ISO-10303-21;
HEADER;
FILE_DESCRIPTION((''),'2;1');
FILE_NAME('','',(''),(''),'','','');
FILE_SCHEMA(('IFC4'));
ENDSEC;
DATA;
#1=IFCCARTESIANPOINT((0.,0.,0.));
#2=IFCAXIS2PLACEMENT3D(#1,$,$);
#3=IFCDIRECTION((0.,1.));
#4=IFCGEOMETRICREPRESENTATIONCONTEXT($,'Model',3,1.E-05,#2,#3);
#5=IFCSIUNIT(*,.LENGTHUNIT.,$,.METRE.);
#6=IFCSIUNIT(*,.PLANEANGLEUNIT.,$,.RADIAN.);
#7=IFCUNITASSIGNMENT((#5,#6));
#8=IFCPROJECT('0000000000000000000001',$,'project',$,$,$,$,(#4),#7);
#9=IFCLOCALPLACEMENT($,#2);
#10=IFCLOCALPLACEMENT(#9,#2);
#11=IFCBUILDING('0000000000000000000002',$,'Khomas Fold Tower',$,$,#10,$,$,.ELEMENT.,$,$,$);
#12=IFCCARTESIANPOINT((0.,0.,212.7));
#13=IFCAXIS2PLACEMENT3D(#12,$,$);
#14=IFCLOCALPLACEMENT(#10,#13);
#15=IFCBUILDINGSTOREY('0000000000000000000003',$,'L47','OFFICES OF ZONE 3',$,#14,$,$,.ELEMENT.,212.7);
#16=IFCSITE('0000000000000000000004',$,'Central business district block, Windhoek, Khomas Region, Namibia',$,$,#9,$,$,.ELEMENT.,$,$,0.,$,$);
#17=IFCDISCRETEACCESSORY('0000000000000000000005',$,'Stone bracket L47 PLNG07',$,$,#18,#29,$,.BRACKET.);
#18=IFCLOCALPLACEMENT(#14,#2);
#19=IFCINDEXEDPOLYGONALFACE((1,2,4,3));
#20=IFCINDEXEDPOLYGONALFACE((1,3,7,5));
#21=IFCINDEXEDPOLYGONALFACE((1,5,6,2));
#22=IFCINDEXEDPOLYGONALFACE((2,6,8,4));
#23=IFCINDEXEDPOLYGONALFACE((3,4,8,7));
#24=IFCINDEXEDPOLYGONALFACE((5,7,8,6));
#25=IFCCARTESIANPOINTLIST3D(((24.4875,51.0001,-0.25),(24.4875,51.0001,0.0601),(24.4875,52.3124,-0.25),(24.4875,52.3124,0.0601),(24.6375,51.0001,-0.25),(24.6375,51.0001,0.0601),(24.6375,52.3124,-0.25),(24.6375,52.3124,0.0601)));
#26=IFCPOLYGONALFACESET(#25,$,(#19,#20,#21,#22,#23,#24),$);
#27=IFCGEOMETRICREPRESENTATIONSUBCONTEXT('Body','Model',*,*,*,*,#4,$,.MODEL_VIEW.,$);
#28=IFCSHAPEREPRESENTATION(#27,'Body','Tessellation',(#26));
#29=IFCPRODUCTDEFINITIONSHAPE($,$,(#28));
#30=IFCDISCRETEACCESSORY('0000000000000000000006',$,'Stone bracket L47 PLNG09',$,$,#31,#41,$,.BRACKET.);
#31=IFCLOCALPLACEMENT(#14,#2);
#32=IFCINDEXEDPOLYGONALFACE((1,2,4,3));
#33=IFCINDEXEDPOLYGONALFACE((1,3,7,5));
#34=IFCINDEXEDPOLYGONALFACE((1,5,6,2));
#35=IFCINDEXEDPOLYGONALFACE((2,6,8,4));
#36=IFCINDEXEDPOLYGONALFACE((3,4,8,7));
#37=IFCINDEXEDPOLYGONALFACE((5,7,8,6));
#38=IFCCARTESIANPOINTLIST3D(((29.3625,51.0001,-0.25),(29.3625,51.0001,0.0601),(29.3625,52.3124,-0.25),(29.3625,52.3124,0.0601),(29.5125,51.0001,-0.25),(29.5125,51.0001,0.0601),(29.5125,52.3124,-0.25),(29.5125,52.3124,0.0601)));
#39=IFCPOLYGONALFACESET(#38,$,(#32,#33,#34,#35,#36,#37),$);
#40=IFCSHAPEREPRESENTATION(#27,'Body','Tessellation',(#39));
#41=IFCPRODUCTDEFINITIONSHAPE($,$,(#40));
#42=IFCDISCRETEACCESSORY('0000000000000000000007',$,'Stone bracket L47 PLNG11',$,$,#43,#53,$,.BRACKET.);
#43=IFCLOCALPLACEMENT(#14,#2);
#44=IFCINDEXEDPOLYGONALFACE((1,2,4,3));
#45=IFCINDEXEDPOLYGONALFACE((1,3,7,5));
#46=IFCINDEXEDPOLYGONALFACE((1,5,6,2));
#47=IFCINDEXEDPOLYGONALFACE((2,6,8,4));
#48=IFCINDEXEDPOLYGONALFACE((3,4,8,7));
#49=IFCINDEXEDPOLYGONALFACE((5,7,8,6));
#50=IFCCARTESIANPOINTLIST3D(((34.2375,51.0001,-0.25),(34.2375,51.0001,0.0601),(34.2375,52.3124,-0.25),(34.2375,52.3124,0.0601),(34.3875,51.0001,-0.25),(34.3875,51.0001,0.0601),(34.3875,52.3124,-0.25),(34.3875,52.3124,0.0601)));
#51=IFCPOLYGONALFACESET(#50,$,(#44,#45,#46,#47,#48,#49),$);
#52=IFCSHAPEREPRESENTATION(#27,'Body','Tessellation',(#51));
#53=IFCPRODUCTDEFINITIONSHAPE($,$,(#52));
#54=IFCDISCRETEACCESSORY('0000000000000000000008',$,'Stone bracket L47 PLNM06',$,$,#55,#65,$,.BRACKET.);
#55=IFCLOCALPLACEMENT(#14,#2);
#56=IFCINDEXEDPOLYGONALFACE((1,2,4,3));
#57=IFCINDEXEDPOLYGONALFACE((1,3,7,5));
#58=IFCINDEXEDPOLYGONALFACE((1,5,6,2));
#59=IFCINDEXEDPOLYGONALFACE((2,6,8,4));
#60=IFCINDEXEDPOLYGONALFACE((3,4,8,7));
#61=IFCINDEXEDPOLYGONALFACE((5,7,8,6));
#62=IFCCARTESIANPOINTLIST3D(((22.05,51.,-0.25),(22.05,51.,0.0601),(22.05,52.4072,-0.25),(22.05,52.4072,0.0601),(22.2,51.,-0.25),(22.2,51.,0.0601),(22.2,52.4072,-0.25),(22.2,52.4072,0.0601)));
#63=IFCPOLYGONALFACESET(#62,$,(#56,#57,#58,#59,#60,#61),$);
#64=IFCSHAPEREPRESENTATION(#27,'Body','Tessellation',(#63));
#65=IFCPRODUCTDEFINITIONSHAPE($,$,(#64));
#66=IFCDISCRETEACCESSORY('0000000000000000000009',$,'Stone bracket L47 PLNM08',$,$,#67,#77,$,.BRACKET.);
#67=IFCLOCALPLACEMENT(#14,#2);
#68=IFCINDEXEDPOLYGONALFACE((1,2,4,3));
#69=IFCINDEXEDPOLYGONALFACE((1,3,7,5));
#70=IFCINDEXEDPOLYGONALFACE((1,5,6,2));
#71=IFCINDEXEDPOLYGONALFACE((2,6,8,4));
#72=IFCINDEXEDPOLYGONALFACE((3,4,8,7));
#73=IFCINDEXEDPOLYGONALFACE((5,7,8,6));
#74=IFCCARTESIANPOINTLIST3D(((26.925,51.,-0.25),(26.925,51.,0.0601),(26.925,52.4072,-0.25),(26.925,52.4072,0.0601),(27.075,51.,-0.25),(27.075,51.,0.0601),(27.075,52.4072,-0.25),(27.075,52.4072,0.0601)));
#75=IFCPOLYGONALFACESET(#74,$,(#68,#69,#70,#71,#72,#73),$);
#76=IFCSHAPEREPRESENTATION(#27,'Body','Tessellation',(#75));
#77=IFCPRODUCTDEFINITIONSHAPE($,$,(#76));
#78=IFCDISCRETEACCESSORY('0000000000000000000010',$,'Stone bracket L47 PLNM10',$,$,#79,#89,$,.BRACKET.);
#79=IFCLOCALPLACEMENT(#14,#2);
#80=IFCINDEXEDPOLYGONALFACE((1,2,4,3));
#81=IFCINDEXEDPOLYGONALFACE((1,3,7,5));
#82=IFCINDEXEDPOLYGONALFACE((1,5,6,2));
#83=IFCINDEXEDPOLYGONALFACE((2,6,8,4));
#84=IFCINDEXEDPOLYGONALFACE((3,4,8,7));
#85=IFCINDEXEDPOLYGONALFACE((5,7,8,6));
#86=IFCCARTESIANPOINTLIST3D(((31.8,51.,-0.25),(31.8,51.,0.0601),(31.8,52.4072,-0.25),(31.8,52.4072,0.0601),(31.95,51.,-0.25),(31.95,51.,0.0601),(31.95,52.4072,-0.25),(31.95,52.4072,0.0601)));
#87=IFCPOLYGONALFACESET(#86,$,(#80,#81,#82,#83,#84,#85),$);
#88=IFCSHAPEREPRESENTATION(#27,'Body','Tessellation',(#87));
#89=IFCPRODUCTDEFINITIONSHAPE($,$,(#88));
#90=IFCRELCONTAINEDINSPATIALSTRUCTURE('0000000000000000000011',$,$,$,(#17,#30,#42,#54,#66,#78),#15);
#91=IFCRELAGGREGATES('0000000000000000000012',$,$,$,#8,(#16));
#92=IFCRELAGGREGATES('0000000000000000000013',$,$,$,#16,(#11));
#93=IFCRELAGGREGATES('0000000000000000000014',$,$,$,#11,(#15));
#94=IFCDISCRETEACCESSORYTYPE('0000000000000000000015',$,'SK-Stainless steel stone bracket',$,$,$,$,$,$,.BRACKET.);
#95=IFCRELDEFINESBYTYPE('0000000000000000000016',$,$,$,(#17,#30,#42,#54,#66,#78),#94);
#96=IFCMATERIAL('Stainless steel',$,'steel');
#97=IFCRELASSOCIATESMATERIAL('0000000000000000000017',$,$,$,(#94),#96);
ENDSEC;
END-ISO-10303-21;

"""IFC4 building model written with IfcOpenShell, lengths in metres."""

from ifc_helpers import new_model, si_unit, direction, frame, origin, origin_2d, place, context, subcontext, project, spatial, rectangle, extrude, source, transform, mapped, material, type_object, element, save


model = new_model("IFC4")

# Units and contexts
model_context = context("Model", 3, precision=1e-05, world=origin(), true_north=direction((0.0, 1.0)))
body_context = subcontext(model_context, "Body", "Model", "MODEL_VIEW")
ifc_project = project(units=[si_unit("LENGTHUNIT", "METRE"), si_unit("PLANEANGLEUNIT", "RADIAN")], contexts=[model_context])

# Site, building, storey
site_placement = place(None, origin())
site = spatial("IfcSite", under=ifc_project, at=site_placement, Name="Central business district block, Windhoek, Khomas Region, Namibia", CompositionType="ELEMENT", RefElevation=0.0)
building_placement = place(site_placement, origin())
building = spatial("IfcBuilding", under=site, at=building_placement, Name="Khomas Fold Tower", CompositionType="ELEMENT")
storey_placement = place(building_placement, frame((0.0, 0.0, 212.7)))
storey = spatial("IfcBuildingStorey", under=building, at=storey_placement, Name="L47", Description="OFFICES OF ZONE 3", CompositionType="ELEMENT", Elevation=212.7)

# Discrete accessories
ifc_material_1 = material(Name="Stainless steel", Category="steel")
discrete_accessory_type = type_object("IfcDiscreteAccessoryType", Name="SK-Stainless steel stone bracket", PredefinedType="BRACKET", material=ifc_material_1)
shared_shape_1 = source(origin(), body_context, "Body", "SweptSolid", [
    extrude(rectangle(XDim=1.3123, YDim=0.1499, at=origin_2d()), origin(), (0.0, 0.0, 1.0), 0.3101),
])
for number, where, z_axis, x_axis, name in (
    (1, (24.5625, 51.6562, -0.25), (0.0, 0.0, 1.0), (0.0, 1.0, 0.0), "Stone bracket L47 PLNG07"),
    (2, (29.4375, 51.6562, -0.25), (0.0, 0.0, 1.0), (0.0, 1.0, 0.0), "Stone bracket L47 PLNG09"),
    (3, (34.3125, 51.6562, -0.25), (0.0, 0.0, 1.0), (0.0, 1.0, 0.0), "Stone bracket L47 PLNG11"),
):
    element("IfcDiscreteAccessory", number, at=place(storey_placement, frame(where, z_axis=z_axis, x_axis=x_axis)), inside=storey, type_object=discrete_accessory_type, Name=name, PredefinedType="BRACKET", context=body_context, shape_type="MappedRepresentation", body=[
        mapped(shared_shape_1, transform((0.0, 0.0, 0.0))),
    ])
shared_shape_2 = source(origin(), body_context, "Body", "SweptSolid", [
    extrude(rectangle(XDim=1.4072, YDim=0.1499, at=origin_2d()), origin(), (0.0, 0.0, 1.0), 0.3101),
])
for number, where, z_axis, x_axis, name in (
    (4, (22.125, 51.7036, -0.25), (0.0, 0.0, 1.0), (0.0, 1.0, 0.0), "Stone bracket L47 PLNM06"),
    (5, (27.0, 51.7036, -0.25), (0.0, 0.0, 1.0), (0.0, 1.0, 0.0), "Stone bracket L47 PLNM08"),
    (6, (31.875, 51.7036, -0.25), (0.0, 0.0, 1.0), (0.0, 1.0, 0.0), "Stone bracket L47 PLNM10"),
):
    element("IfcDiscreteAccessory", number, at=place(storey_placement, frame(where, z_axis=z_axis, x_axis=x_axis)), inside=storey, type_object=discrete_accessory_type, Name=name, PredefinedType="BRACKET", context=body_context, shape_type="MappedRepresentation", body=[
        mapped(shared_shape_2, transform((0.0, 0.0, 0.0))),
    ])

save(model, "model.ifc")
